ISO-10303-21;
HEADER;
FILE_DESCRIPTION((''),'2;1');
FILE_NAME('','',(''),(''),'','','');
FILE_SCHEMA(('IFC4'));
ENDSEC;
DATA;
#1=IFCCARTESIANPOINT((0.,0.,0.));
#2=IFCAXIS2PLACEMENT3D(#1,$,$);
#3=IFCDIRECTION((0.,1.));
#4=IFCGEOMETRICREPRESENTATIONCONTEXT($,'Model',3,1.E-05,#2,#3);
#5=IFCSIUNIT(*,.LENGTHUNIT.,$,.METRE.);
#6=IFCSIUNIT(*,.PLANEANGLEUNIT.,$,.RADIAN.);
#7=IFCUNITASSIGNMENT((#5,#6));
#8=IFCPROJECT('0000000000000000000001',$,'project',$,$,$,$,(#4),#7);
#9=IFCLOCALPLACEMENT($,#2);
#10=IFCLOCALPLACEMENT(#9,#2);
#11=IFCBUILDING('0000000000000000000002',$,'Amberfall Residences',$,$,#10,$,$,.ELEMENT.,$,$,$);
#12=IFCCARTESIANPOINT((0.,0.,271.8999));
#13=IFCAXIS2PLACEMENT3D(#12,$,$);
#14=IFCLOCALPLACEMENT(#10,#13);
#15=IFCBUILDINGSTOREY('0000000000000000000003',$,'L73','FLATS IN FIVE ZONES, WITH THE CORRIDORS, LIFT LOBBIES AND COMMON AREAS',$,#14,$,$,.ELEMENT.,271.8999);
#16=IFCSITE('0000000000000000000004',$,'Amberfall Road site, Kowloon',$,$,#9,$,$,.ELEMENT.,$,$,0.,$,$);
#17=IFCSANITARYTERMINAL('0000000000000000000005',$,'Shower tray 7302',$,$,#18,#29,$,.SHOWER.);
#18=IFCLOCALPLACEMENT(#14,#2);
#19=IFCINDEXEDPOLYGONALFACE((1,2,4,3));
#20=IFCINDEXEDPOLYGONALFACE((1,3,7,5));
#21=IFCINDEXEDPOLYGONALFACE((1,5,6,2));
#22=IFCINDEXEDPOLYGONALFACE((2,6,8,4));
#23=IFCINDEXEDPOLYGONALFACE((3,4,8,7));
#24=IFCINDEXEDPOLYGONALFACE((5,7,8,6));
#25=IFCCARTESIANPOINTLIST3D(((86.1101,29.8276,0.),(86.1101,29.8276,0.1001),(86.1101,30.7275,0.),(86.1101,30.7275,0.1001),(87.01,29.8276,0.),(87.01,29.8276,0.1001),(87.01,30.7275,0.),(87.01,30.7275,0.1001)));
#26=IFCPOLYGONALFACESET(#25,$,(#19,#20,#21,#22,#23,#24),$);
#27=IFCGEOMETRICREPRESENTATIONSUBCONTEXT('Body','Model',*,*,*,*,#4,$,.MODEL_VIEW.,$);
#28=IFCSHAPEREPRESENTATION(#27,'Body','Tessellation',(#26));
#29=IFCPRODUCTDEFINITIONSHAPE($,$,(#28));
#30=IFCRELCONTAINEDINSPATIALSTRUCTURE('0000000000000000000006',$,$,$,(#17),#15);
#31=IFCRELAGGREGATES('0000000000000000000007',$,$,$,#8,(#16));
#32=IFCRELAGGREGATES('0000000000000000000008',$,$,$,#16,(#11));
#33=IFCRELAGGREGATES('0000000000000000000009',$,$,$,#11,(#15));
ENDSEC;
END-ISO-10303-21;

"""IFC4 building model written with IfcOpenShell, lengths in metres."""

from ifc_helpers import new_model, si_unit, direction, frame, origin, origin_2d, place, context, subcontext, project, spatial, rectangle, extrude, element, save


model = new_model("IFC4")

# Units and contexts
model_context = context("Model", 3, precision=1e-05, world=origin(), true_north=direction((0.0, 1.0)))
body_context = subcontext(model_context, "Body", "Model", "MODEL_VIEW")
ifc_project = project(units=[si_unit("LENGTHUNIT", "METRE"), si_unit("PLANEANGLEUNIT", "RADIAN")], contexts=[model_context])

# Site, building, storey
site_placement = place(None, origin())
site = spatial("IfcSite", under=ifc_project, at=site_placement, Name="Amberfall Road site, Kowloon", CompositionType="ELEMENT", RefElevation=0.0)
building_placement = place(site_placement, origin())
building = spatial("IfcBuilding", under=site, at=building_placement, Name="Amberfall Residences", CompositionType="ELEMENT")
storey_placement = place(building_placement, frame((0.0, 0.0, 271.8999)))
storey = spatial("IfcBuildingStorey", under=building, at=storey_placement, Name="L73", Description="FLATS IN FIVE ZONES, WITH THE CORRIDORS, LIFT LOBBIES AND COMMON AREAS", CompositionType="ELEMENT", Elevation=271.8999)

# Sanitary terminal
sanitary_terminal_1_placement = place(storey_placement, frame((86.5601, 30.2776, 0.0), z_axis=(0.0, 0.0, 1.0), x_axis=(1.0, 0.0, 0.0)))
element("IfcSanitaryTerminal", 1, at=sanitary_terminal_1_placement, inside=storey, Name="Shower tray 7302", PredefinedType="SHOWER", context=body_context, shape_type="SweptSolid", body=[
    extrude(rectangle(XDim=0.8999, YDim=0.8999, at=origin_2d()), origin(), (0.0, 0.0, 1.0), 0.1001),
])

save(model, "model.ifc")
